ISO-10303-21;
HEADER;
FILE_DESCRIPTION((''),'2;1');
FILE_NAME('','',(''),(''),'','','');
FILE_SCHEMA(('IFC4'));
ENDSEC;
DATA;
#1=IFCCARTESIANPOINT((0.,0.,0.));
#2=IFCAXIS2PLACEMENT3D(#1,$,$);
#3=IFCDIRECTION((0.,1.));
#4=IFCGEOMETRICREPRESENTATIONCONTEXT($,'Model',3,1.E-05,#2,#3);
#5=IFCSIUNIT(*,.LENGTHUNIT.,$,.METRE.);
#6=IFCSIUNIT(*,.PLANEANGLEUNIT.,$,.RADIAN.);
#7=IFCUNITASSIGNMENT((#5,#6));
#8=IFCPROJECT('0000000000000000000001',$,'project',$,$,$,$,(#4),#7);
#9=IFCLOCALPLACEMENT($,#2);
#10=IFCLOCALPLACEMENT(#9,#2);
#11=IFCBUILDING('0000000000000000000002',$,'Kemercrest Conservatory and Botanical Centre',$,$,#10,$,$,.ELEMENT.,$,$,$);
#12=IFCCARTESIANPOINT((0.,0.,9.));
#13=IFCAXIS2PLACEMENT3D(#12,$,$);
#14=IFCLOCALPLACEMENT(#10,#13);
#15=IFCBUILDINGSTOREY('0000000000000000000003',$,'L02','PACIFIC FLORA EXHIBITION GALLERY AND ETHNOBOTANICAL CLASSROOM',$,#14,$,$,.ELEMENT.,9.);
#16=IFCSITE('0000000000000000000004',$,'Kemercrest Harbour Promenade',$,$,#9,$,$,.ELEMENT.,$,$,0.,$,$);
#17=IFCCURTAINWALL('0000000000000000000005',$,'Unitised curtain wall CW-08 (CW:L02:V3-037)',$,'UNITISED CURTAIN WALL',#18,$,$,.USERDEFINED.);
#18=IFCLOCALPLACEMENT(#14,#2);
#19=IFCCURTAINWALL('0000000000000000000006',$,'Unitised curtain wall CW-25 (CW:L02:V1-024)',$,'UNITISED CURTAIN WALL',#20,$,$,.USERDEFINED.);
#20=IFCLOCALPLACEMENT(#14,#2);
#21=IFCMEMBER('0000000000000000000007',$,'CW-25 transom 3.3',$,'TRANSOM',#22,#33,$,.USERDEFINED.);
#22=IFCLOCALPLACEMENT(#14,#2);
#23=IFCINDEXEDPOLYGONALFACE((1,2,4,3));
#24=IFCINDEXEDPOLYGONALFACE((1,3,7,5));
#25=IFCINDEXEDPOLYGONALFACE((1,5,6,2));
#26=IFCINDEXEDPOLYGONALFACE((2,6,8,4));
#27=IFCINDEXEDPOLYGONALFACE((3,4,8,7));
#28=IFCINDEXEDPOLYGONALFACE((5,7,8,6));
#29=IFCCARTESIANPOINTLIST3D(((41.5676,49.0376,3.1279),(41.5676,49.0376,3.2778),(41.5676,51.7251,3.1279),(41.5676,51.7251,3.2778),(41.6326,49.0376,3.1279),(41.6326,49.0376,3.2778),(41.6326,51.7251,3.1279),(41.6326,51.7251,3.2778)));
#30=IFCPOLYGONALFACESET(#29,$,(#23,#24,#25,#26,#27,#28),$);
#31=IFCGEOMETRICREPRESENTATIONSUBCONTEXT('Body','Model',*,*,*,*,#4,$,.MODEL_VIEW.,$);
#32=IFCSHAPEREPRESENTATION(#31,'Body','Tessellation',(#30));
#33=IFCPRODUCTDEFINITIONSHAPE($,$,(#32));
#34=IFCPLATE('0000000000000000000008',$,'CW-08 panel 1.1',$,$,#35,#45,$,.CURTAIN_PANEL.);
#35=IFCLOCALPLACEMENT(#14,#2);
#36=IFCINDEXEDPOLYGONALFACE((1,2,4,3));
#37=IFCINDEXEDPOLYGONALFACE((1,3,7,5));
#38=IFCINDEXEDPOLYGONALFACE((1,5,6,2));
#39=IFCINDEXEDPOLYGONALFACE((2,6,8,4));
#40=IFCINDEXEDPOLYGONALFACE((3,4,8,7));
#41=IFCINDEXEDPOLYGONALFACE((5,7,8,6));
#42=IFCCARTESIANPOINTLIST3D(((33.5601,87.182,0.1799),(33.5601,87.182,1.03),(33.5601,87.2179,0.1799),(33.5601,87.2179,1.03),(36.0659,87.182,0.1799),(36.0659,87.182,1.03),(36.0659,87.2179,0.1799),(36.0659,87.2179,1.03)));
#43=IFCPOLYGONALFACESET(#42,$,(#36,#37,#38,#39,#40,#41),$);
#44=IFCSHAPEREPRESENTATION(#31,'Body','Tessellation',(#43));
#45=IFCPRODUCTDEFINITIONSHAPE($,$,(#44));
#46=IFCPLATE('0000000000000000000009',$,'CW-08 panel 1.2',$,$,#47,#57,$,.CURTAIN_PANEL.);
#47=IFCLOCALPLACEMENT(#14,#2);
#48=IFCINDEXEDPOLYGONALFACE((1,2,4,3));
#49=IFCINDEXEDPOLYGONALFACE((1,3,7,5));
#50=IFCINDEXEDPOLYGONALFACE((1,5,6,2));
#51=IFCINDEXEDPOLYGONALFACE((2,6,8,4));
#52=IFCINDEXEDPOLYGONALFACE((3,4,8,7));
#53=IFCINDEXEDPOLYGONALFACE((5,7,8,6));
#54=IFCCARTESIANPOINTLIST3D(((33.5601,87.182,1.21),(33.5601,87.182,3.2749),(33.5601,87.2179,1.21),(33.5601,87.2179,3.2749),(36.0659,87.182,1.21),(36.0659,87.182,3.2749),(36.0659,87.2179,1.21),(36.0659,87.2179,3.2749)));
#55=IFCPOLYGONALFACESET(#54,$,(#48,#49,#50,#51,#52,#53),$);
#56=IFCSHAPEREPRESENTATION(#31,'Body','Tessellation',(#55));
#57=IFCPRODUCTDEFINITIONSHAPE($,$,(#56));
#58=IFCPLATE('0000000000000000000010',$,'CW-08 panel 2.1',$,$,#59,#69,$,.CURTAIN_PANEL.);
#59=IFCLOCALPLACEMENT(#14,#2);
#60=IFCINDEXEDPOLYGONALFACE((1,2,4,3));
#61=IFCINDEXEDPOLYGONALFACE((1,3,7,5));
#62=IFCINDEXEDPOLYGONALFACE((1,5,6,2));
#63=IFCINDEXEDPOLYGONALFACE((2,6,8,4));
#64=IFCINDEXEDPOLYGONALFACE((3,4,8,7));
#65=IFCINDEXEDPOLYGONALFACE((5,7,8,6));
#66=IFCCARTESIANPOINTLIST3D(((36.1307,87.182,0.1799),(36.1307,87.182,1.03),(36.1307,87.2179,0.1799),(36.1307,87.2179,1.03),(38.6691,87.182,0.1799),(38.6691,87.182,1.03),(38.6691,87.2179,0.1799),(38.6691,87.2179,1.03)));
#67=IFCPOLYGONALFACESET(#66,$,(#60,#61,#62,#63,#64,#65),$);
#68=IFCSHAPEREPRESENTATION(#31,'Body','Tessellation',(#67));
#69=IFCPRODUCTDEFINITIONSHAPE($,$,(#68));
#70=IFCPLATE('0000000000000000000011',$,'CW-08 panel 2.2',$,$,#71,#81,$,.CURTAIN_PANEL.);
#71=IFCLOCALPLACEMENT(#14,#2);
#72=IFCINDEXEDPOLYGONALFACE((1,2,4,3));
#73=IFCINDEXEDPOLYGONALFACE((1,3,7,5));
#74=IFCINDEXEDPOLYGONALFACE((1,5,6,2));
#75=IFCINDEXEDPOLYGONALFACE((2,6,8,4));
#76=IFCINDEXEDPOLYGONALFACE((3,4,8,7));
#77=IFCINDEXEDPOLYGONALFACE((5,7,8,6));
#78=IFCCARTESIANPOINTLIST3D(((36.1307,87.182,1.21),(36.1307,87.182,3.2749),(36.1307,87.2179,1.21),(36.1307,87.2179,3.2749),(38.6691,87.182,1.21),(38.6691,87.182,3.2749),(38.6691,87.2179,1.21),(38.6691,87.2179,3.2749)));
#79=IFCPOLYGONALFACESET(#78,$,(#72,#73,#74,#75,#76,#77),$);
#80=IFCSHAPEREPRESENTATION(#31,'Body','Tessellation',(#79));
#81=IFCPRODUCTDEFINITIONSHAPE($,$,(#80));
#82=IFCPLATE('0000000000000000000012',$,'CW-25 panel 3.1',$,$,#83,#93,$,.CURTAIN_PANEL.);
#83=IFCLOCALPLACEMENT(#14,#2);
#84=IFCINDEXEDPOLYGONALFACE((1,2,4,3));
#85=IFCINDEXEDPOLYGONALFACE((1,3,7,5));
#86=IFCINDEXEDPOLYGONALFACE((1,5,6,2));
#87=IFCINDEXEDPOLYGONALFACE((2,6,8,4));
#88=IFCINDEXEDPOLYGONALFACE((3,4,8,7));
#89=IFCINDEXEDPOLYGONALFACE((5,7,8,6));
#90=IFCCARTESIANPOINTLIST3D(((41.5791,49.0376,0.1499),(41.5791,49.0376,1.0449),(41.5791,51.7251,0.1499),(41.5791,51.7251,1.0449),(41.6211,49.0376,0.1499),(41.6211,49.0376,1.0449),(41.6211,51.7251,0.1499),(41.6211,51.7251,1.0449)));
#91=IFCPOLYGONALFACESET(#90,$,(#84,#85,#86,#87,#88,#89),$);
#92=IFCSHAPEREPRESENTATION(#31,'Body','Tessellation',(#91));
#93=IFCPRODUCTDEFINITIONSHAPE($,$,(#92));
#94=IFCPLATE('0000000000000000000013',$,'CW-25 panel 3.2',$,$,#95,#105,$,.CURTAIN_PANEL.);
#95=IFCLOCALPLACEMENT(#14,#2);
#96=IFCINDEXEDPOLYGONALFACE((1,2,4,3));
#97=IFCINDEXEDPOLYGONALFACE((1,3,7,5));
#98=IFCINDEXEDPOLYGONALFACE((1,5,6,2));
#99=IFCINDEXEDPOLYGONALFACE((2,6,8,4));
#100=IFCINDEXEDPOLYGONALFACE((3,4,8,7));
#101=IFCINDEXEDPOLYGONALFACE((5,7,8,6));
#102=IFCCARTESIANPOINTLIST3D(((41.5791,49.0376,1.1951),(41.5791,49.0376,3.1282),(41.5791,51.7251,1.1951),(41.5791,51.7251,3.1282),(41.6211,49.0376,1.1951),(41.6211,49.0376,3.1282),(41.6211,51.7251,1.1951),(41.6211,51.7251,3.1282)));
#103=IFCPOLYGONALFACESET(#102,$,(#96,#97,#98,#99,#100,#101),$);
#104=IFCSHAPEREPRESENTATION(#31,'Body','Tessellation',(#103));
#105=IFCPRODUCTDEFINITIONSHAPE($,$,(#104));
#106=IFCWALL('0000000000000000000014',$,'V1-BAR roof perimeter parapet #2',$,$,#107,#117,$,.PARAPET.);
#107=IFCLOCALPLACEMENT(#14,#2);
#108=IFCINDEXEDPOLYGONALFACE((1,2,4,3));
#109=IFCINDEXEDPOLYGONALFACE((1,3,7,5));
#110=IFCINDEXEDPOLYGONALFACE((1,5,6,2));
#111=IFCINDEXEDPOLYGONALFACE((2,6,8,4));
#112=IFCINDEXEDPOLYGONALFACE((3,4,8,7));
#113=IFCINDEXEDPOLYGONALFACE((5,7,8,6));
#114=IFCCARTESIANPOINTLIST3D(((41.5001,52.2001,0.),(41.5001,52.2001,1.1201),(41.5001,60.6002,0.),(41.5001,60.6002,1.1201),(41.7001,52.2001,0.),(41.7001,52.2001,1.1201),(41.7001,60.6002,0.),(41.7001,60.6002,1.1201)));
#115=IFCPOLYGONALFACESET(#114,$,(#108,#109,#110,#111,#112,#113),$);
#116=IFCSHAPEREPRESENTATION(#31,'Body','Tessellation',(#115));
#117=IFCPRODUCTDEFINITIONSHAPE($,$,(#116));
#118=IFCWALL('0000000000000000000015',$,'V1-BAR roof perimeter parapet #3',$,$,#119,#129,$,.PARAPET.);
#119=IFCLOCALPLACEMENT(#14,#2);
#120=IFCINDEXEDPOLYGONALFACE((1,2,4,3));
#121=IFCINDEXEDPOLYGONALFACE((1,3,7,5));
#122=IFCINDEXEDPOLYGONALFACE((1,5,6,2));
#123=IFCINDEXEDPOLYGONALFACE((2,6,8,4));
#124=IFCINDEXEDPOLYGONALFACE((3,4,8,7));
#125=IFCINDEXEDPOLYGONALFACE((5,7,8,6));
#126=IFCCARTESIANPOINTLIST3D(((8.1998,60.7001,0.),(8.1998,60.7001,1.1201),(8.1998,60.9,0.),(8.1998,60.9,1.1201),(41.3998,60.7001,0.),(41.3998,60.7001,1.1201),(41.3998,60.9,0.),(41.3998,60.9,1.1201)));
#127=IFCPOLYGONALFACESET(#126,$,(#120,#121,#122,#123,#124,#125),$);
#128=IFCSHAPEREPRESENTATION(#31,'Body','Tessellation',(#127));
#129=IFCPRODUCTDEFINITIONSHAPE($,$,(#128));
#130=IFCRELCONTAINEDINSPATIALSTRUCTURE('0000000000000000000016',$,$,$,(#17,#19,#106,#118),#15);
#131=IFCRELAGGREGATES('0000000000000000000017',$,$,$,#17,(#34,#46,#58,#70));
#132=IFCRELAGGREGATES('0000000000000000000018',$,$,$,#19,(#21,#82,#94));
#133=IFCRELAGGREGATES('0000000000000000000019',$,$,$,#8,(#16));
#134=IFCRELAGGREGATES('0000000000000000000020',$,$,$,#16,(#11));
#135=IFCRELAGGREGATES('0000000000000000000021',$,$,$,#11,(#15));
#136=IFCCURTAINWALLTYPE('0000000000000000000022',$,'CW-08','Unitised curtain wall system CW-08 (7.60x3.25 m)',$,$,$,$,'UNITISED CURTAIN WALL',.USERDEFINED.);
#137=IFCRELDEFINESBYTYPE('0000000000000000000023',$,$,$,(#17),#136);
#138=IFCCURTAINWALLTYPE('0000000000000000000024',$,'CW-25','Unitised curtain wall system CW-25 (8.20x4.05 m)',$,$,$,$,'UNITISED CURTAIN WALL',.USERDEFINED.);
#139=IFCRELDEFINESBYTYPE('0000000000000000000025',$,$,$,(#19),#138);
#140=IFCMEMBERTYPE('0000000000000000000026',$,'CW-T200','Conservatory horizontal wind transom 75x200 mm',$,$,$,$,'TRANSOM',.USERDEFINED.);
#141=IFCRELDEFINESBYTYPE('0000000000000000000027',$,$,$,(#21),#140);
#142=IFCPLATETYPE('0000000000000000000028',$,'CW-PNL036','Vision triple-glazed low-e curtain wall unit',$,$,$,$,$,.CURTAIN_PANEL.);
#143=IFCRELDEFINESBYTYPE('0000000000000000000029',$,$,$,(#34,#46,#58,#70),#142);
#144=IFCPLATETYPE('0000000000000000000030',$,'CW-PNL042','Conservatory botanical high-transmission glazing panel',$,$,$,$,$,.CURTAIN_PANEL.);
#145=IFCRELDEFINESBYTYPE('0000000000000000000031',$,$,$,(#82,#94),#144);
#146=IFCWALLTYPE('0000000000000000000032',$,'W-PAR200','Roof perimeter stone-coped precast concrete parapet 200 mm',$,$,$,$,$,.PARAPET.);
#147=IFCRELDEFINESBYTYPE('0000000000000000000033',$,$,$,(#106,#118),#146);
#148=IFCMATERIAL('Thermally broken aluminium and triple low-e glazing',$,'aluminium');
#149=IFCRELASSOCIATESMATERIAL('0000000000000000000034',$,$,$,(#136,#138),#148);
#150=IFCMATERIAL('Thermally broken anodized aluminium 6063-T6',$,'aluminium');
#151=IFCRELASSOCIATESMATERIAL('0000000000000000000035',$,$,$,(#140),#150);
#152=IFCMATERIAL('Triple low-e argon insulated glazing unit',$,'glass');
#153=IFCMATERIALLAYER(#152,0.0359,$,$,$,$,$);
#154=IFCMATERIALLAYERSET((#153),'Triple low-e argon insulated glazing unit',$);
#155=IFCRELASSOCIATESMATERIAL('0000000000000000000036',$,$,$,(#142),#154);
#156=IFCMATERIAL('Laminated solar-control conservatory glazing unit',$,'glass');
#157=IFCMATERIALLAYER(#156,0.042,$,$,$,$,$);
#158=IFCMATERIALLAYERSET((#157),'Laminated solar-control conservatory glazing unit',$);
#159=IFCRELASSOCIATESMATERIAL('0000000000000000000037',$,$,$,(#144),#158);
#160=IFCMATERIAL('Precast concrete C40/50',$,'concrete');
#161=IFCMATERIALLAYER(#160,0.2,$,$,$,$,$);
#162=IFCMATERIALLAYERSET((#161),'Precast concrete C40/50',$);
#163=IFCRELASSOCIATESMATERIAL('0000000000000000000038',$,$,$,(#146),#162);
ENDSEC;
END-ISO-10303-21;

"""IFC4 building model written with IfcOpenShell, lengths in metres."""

from ifc_helpers import new_model, si_unit, direction, frame, frame_2d, origin, origin_2d, place, context, subcontext, project, spatial, rectangle, extrude, material, layer, layer_set, material_profile, profile_set, type_object, element, aggregate, save


model = new_model("IFC4")

# Units and contexts
model_context = context("Model", 3, precision=1e-05, world=origin(), true_north=direction((0.0, 1.0)))
body_context = subcontext(model_context, "Body", "Model", "MODEL_VIEW")
ifc_project = project(units=[si_unit("LENGTHUNIT", "METRE"), si_unit("PLANEANGLEUNIT", "RADIAN")], contexts=[model_context])

# Site, building, storey
site_placement = place(None, origin())
site = spatial("IfcSite", under=ifc_project, at=site_placement, Name="Kemercrest Harbour Promenade", CompositionType="ELEMENT", RefElevation=0.0)
building_placement = place(site_placement, origin())
building = spatial("IfcBuilding", under=site, at=building_placement, Name="Kemercrest Conservatory and Botanical Centre", CompositionType="ELEMENT")
storey_placement = place(building_placement, frame((0.0, 0.0, 9.0)))
storey = spatial("IfcBuildingStorey", under=building, at=storey_placement, Name="L02", Description="PACIFIC FLORA EXHIBITION GALLERY AND ETHNOBOTANICAL CLASSROOM", CompositionType="ELEMENT", Elevation=9.0)

# Curtain wall
ifc_material_1 = material(Name="Thermally broken aluminium and triple low-e glazing", Category="aluminium")
curtain_wall_type_1 = type_object("IfcCurtainWallType", Name="CW-08", Description="Unitised curtain wall system CW-08 (7.60x3.25 m)", ElementType="UNITISED CURTAIN WALL", PredefinedType="USERDEFINED", material=ifc_material_1)
curtain_wall_1_placement = place(storey_placement, origin())
curtain_wall_1 = element("IfcCurtainWall", 1, at=curtain_wall_1_placement, inside=storey, type_object=curtain_wall_type_1, Name="Unitised curtain wall CW-08 (CW:L02:V3-037)", ObjectType="UNITISED CURTAIN WALL", PredefinedType="USERDEFINED")
ifc_material_2 = material(Name="Thermally broken anodized aluminium 6063-T6", Category="aluminium")

# Curtain wall
curtain_wall_type_2 = type_object("IfcCurtainWallType", Name="CW-25", Description="Unitised curtain wall system CW-25 (8.20x4.05 m)", ElementType="UNITISED CURTAIN WALL", PredefinedType="USERDEFINED", material=ifc_material_1)
curtain_wall_2_placement = place(storey_placement, origin())
curtain_wall_2 = element("IfcCurtainWall", 2, at=curtain_wall_2_placement, inside=storey, type_object=curtain_wall_type_2, Name="Unitised curtain wall CW-25 (CW:L02:V1-024)", ObjectType="UNITISED CURTAIN WALL", PredefinedType="USERDEFINED")

# Member
ifc_material_profile_1 = material_profile(ifc_material_2, rectangle(XDim=0.0649, YDim=0.1499, at=origin_2d()), Name="AL TRANSOM 65x150")
ifc_profile_set_1 = profile_set([ifc_material_profile_1], Name="Thermally broken anodized aluminium 6063-T6")
member_type_1 = type_object("IfcMemberType", Name="CW-T200", Description="Conservatory horizontal wind transom 75x200 mm", ElementType="TRANSOM", PredefinedType="USERDEFINED", material=ifc_profile_set_1)
member_1_placement = place(storey_placement, frame((41.6001, 49.0376, 3.2029), z_axis=(0.0, 1.0, 0.0), x_axis=(-1.0, 0.0, 0.0)))
member_1 = element("IfcMember", 3, at=member_1_placement, type_object=member_type_1, Name="CW-25 transom 3.3", ObjectType="TRANSOM", PredefinedType="USERDEFINED", context=body_context, shape_type="SweptSolid", body=[
    extrude(rectangle(XDim=0.0649, YDim=0.1499, at=origin_2d()), origin(), (0.0, 0.0, 1.0), 2.6875),
])

# Plates
ifc_material_3 = material(Name="Triple low-e argon insulated glazing unit", Category="glass")
ifc_layer_1 = layer(ifc_material_3, 0.0359)
ifc_layer_set_1 = layer_set([ifc_layer_1], Name="Triple low-e argon insulated glazing unit")
plate_type_1 = type_object("IfcPlateType", Name="CW-PNL036", Description="Vision triple-glazed low-e curtain wall unit", PredefinedType="CURTAIN_PANEL", material=ifc_layer_set_1)
plate_1_placement = place(storey_placement, frame((34.813, 87.2, 0.1799), z_axis=(0.0, 0.0, 1.0), x_axis=(1.0, 0.0, 0.0)))
plate_1 = element("IfcPlate", 4, at=plate_1_placement, type_object=plate_type_1, Name="CW-08 panel 1.1", PredefinedType="CURTAIN_PANEL", context=body_context, shape_type="SweptSolid", body=[
    extrude(rectangle(XDim=2.5059, YDim=0.0359, at=origin_2d()), origin(), (0.0, 0.0, 1.0), 0.8501),
])
plate_2_placement = place(storey_placement, frame((34.813, 87.2, 1.21), z_axis=(0.0, 0.0, 1.0), x_axis=(1.0, 0.0, 0.0)))
plate_2 = element("IfcPlate", 5, at=plate_2_placement, type_object=plate_type_1, Name="CW-08 panel 1.2", PredefinedType="CURTAIN_PANEL", context=body_context, shape_type="SweptSolid", body=[
    extrude(rectangle(XDim=2.5059, YDim=0.0359, at=origin_2d()), origin(), (0.0, 0.0, 1.0), 2.0649),
])
plate_3_placement = place(storey_placement, frame((37.3999, 87.2, 0.1799), z_axis=(0.0, 0.0, 1.0), x_axis=(1.0, 0.0, 0.0)))
plate_3 = element("IfcPlate", 6, at=plate_3_placement, type_object=plate_type_1, Name="CW-08 panel 2.1", PredefinedType="CURTAIN_PANEL", context=body_context, shape_type="SweptSolid", body=[
    extrude(rectangle(XDim=2.5383, YDim=0.0359, at=origin_2d()), origin(), (0.0, 0.0, 1.0), 0.8501),
])
plate_4_placement = place(storey_placement, frame((37.3999, 87.2, 1.21), z_axis=(0.0, 0.0, 1.0), x_axis=(1.0, 0.0, 0.0)))
plate_4 = element("IfcPlate", 7, at=plate_4_placement, type_object=plate_type_1, Name="CW-08 panel 2.2", PredefinedType="CURTAIN_PANEL", context=body_context, shape_type="SweptSolid", body=[
    extrude(rectangle(XDim=2.5383, YDim=0.0359, at=origin_2d()), origin(), (0.0, 0.0, 1.0), 2.0649),
])
aggregate(curtain_wall_1, [plate_1, plate_2, plate_3, plate_4])
ifc_material_4 = material(Name="Laminated solar-control conservatory glazing unit", Category="glass")
ifc_layer_2 = layer(ifc_material_4, 0.042)
ifc_layer_set_2 = layer_set([ifc_layer_2], Name="Laminated solar-control conservatory glazing unit")
plate_type_2 = type_object("IfcPlateType", Name="CW-PNL042", Description="Conservatory botanical high-transmission glazing panel", PredefinedType="CURTAIN_PANEL", material=ifc_layer_set_2)
plate_5_placement = place(storey_placement, frame((41.6001, 50.3813, 0.1499), z_axis=(0.0, 0.0, 1.0), x_axis=(0.0, 1.0, 0.0)))
plate_5 = element("IfcPlate", 8, at=plate_5_placement, type_object=plate_type_2, Name="CW-25 panel 3.1", PredefinedType="CURTAIN_PANEL", context=body_context, shape_type="SweptSolid", body=[
    extrude(rectangle(XDim=2.6875, YDim=0.042, at=origin_2d()), origin(), (0.0, 0.0, 1.0), 0.895),
])
plate_6_placement = place(storey_placement, frame((41.6001, 50.3813, 1.1951), z_axis=(0.0, 0.0, 1.0), x_axis=(0.0, 1.0, 0.0)))
plate_6 = element("IfcPlate", 9, at=plate_6_placement, type_object=plate_type_2, Name="CW-25 panel 3.2", PredefinedType="CURTAIN_PANEL", context=body_context, shape_type="SweptSolid", body=[
    extrude(rectangle(XDim=2.6875, YDim=0.042, at=origin_2d()), origin(), (0.0, 0.0, 1.0), 1.9331),
])
aggregate(curtain_wall_2, [member_1, plate_5, plate_6])

# Walls
ifc_material_5 = material(Name="Precast concrete C40/50", Category="concrete")
ifc_layer_3 = layer(ifc_material_5, 0.2)
ifc_layer_set_3 = layer_set([ifc_layer_3], Name="Precast concrete C40/50")
wall_type = type_object("IfcWallType", Name="W-PAR200", Description="Roof perimeter stone-coped precast concrete parapet 200 mm", PredefinedType="PARAPET", material=ifc_layer_set_3)
wall_1_placement = place(storey_placement, frame((41.6001, 52.2, 0.0), z_axis=(0.0, 0.0, 1.0), x_axis=(0.0, 1.0, 0.0)))
element("IfcWall", 10, at=wall_1_placement, inside=storey, type_object=wall_type, Name="V1-BAR roof perimeter parapet #2", PredefinedType="PARAPET", context=body_context, shape_type="SweptSolid", body=[
    extrude(rectangle(XDim=8.4001, YDim=0.2, at=frame_2d((4.2002, 0.0))), origin(), (0.0, 0.0, 1.0), 1.1201),
])
wall_2_placement = place(storey_placement, frame((41.3999, 60.8, 0.0), z_axis=(0.0, 0.0, 1.0), x_axis=(-1.0, 0.0, 0.0)))
element("IfcWall", 11, at=wall_2_placement, inside=storey, type_object=wall_type, Name="V1-BAR roof perimeter parapet #3", PredefinedType="PARAPET", context=body_context, shape_type="SweptSolid", body=[
    extrude(rectangle(XDim=33.2, YDim=0.2, at=frame_2d((16.6001, 0.0))), origin(), (0.0, 0.0, 1.0), 1.1201),
])

save(model, "model.ifc")
